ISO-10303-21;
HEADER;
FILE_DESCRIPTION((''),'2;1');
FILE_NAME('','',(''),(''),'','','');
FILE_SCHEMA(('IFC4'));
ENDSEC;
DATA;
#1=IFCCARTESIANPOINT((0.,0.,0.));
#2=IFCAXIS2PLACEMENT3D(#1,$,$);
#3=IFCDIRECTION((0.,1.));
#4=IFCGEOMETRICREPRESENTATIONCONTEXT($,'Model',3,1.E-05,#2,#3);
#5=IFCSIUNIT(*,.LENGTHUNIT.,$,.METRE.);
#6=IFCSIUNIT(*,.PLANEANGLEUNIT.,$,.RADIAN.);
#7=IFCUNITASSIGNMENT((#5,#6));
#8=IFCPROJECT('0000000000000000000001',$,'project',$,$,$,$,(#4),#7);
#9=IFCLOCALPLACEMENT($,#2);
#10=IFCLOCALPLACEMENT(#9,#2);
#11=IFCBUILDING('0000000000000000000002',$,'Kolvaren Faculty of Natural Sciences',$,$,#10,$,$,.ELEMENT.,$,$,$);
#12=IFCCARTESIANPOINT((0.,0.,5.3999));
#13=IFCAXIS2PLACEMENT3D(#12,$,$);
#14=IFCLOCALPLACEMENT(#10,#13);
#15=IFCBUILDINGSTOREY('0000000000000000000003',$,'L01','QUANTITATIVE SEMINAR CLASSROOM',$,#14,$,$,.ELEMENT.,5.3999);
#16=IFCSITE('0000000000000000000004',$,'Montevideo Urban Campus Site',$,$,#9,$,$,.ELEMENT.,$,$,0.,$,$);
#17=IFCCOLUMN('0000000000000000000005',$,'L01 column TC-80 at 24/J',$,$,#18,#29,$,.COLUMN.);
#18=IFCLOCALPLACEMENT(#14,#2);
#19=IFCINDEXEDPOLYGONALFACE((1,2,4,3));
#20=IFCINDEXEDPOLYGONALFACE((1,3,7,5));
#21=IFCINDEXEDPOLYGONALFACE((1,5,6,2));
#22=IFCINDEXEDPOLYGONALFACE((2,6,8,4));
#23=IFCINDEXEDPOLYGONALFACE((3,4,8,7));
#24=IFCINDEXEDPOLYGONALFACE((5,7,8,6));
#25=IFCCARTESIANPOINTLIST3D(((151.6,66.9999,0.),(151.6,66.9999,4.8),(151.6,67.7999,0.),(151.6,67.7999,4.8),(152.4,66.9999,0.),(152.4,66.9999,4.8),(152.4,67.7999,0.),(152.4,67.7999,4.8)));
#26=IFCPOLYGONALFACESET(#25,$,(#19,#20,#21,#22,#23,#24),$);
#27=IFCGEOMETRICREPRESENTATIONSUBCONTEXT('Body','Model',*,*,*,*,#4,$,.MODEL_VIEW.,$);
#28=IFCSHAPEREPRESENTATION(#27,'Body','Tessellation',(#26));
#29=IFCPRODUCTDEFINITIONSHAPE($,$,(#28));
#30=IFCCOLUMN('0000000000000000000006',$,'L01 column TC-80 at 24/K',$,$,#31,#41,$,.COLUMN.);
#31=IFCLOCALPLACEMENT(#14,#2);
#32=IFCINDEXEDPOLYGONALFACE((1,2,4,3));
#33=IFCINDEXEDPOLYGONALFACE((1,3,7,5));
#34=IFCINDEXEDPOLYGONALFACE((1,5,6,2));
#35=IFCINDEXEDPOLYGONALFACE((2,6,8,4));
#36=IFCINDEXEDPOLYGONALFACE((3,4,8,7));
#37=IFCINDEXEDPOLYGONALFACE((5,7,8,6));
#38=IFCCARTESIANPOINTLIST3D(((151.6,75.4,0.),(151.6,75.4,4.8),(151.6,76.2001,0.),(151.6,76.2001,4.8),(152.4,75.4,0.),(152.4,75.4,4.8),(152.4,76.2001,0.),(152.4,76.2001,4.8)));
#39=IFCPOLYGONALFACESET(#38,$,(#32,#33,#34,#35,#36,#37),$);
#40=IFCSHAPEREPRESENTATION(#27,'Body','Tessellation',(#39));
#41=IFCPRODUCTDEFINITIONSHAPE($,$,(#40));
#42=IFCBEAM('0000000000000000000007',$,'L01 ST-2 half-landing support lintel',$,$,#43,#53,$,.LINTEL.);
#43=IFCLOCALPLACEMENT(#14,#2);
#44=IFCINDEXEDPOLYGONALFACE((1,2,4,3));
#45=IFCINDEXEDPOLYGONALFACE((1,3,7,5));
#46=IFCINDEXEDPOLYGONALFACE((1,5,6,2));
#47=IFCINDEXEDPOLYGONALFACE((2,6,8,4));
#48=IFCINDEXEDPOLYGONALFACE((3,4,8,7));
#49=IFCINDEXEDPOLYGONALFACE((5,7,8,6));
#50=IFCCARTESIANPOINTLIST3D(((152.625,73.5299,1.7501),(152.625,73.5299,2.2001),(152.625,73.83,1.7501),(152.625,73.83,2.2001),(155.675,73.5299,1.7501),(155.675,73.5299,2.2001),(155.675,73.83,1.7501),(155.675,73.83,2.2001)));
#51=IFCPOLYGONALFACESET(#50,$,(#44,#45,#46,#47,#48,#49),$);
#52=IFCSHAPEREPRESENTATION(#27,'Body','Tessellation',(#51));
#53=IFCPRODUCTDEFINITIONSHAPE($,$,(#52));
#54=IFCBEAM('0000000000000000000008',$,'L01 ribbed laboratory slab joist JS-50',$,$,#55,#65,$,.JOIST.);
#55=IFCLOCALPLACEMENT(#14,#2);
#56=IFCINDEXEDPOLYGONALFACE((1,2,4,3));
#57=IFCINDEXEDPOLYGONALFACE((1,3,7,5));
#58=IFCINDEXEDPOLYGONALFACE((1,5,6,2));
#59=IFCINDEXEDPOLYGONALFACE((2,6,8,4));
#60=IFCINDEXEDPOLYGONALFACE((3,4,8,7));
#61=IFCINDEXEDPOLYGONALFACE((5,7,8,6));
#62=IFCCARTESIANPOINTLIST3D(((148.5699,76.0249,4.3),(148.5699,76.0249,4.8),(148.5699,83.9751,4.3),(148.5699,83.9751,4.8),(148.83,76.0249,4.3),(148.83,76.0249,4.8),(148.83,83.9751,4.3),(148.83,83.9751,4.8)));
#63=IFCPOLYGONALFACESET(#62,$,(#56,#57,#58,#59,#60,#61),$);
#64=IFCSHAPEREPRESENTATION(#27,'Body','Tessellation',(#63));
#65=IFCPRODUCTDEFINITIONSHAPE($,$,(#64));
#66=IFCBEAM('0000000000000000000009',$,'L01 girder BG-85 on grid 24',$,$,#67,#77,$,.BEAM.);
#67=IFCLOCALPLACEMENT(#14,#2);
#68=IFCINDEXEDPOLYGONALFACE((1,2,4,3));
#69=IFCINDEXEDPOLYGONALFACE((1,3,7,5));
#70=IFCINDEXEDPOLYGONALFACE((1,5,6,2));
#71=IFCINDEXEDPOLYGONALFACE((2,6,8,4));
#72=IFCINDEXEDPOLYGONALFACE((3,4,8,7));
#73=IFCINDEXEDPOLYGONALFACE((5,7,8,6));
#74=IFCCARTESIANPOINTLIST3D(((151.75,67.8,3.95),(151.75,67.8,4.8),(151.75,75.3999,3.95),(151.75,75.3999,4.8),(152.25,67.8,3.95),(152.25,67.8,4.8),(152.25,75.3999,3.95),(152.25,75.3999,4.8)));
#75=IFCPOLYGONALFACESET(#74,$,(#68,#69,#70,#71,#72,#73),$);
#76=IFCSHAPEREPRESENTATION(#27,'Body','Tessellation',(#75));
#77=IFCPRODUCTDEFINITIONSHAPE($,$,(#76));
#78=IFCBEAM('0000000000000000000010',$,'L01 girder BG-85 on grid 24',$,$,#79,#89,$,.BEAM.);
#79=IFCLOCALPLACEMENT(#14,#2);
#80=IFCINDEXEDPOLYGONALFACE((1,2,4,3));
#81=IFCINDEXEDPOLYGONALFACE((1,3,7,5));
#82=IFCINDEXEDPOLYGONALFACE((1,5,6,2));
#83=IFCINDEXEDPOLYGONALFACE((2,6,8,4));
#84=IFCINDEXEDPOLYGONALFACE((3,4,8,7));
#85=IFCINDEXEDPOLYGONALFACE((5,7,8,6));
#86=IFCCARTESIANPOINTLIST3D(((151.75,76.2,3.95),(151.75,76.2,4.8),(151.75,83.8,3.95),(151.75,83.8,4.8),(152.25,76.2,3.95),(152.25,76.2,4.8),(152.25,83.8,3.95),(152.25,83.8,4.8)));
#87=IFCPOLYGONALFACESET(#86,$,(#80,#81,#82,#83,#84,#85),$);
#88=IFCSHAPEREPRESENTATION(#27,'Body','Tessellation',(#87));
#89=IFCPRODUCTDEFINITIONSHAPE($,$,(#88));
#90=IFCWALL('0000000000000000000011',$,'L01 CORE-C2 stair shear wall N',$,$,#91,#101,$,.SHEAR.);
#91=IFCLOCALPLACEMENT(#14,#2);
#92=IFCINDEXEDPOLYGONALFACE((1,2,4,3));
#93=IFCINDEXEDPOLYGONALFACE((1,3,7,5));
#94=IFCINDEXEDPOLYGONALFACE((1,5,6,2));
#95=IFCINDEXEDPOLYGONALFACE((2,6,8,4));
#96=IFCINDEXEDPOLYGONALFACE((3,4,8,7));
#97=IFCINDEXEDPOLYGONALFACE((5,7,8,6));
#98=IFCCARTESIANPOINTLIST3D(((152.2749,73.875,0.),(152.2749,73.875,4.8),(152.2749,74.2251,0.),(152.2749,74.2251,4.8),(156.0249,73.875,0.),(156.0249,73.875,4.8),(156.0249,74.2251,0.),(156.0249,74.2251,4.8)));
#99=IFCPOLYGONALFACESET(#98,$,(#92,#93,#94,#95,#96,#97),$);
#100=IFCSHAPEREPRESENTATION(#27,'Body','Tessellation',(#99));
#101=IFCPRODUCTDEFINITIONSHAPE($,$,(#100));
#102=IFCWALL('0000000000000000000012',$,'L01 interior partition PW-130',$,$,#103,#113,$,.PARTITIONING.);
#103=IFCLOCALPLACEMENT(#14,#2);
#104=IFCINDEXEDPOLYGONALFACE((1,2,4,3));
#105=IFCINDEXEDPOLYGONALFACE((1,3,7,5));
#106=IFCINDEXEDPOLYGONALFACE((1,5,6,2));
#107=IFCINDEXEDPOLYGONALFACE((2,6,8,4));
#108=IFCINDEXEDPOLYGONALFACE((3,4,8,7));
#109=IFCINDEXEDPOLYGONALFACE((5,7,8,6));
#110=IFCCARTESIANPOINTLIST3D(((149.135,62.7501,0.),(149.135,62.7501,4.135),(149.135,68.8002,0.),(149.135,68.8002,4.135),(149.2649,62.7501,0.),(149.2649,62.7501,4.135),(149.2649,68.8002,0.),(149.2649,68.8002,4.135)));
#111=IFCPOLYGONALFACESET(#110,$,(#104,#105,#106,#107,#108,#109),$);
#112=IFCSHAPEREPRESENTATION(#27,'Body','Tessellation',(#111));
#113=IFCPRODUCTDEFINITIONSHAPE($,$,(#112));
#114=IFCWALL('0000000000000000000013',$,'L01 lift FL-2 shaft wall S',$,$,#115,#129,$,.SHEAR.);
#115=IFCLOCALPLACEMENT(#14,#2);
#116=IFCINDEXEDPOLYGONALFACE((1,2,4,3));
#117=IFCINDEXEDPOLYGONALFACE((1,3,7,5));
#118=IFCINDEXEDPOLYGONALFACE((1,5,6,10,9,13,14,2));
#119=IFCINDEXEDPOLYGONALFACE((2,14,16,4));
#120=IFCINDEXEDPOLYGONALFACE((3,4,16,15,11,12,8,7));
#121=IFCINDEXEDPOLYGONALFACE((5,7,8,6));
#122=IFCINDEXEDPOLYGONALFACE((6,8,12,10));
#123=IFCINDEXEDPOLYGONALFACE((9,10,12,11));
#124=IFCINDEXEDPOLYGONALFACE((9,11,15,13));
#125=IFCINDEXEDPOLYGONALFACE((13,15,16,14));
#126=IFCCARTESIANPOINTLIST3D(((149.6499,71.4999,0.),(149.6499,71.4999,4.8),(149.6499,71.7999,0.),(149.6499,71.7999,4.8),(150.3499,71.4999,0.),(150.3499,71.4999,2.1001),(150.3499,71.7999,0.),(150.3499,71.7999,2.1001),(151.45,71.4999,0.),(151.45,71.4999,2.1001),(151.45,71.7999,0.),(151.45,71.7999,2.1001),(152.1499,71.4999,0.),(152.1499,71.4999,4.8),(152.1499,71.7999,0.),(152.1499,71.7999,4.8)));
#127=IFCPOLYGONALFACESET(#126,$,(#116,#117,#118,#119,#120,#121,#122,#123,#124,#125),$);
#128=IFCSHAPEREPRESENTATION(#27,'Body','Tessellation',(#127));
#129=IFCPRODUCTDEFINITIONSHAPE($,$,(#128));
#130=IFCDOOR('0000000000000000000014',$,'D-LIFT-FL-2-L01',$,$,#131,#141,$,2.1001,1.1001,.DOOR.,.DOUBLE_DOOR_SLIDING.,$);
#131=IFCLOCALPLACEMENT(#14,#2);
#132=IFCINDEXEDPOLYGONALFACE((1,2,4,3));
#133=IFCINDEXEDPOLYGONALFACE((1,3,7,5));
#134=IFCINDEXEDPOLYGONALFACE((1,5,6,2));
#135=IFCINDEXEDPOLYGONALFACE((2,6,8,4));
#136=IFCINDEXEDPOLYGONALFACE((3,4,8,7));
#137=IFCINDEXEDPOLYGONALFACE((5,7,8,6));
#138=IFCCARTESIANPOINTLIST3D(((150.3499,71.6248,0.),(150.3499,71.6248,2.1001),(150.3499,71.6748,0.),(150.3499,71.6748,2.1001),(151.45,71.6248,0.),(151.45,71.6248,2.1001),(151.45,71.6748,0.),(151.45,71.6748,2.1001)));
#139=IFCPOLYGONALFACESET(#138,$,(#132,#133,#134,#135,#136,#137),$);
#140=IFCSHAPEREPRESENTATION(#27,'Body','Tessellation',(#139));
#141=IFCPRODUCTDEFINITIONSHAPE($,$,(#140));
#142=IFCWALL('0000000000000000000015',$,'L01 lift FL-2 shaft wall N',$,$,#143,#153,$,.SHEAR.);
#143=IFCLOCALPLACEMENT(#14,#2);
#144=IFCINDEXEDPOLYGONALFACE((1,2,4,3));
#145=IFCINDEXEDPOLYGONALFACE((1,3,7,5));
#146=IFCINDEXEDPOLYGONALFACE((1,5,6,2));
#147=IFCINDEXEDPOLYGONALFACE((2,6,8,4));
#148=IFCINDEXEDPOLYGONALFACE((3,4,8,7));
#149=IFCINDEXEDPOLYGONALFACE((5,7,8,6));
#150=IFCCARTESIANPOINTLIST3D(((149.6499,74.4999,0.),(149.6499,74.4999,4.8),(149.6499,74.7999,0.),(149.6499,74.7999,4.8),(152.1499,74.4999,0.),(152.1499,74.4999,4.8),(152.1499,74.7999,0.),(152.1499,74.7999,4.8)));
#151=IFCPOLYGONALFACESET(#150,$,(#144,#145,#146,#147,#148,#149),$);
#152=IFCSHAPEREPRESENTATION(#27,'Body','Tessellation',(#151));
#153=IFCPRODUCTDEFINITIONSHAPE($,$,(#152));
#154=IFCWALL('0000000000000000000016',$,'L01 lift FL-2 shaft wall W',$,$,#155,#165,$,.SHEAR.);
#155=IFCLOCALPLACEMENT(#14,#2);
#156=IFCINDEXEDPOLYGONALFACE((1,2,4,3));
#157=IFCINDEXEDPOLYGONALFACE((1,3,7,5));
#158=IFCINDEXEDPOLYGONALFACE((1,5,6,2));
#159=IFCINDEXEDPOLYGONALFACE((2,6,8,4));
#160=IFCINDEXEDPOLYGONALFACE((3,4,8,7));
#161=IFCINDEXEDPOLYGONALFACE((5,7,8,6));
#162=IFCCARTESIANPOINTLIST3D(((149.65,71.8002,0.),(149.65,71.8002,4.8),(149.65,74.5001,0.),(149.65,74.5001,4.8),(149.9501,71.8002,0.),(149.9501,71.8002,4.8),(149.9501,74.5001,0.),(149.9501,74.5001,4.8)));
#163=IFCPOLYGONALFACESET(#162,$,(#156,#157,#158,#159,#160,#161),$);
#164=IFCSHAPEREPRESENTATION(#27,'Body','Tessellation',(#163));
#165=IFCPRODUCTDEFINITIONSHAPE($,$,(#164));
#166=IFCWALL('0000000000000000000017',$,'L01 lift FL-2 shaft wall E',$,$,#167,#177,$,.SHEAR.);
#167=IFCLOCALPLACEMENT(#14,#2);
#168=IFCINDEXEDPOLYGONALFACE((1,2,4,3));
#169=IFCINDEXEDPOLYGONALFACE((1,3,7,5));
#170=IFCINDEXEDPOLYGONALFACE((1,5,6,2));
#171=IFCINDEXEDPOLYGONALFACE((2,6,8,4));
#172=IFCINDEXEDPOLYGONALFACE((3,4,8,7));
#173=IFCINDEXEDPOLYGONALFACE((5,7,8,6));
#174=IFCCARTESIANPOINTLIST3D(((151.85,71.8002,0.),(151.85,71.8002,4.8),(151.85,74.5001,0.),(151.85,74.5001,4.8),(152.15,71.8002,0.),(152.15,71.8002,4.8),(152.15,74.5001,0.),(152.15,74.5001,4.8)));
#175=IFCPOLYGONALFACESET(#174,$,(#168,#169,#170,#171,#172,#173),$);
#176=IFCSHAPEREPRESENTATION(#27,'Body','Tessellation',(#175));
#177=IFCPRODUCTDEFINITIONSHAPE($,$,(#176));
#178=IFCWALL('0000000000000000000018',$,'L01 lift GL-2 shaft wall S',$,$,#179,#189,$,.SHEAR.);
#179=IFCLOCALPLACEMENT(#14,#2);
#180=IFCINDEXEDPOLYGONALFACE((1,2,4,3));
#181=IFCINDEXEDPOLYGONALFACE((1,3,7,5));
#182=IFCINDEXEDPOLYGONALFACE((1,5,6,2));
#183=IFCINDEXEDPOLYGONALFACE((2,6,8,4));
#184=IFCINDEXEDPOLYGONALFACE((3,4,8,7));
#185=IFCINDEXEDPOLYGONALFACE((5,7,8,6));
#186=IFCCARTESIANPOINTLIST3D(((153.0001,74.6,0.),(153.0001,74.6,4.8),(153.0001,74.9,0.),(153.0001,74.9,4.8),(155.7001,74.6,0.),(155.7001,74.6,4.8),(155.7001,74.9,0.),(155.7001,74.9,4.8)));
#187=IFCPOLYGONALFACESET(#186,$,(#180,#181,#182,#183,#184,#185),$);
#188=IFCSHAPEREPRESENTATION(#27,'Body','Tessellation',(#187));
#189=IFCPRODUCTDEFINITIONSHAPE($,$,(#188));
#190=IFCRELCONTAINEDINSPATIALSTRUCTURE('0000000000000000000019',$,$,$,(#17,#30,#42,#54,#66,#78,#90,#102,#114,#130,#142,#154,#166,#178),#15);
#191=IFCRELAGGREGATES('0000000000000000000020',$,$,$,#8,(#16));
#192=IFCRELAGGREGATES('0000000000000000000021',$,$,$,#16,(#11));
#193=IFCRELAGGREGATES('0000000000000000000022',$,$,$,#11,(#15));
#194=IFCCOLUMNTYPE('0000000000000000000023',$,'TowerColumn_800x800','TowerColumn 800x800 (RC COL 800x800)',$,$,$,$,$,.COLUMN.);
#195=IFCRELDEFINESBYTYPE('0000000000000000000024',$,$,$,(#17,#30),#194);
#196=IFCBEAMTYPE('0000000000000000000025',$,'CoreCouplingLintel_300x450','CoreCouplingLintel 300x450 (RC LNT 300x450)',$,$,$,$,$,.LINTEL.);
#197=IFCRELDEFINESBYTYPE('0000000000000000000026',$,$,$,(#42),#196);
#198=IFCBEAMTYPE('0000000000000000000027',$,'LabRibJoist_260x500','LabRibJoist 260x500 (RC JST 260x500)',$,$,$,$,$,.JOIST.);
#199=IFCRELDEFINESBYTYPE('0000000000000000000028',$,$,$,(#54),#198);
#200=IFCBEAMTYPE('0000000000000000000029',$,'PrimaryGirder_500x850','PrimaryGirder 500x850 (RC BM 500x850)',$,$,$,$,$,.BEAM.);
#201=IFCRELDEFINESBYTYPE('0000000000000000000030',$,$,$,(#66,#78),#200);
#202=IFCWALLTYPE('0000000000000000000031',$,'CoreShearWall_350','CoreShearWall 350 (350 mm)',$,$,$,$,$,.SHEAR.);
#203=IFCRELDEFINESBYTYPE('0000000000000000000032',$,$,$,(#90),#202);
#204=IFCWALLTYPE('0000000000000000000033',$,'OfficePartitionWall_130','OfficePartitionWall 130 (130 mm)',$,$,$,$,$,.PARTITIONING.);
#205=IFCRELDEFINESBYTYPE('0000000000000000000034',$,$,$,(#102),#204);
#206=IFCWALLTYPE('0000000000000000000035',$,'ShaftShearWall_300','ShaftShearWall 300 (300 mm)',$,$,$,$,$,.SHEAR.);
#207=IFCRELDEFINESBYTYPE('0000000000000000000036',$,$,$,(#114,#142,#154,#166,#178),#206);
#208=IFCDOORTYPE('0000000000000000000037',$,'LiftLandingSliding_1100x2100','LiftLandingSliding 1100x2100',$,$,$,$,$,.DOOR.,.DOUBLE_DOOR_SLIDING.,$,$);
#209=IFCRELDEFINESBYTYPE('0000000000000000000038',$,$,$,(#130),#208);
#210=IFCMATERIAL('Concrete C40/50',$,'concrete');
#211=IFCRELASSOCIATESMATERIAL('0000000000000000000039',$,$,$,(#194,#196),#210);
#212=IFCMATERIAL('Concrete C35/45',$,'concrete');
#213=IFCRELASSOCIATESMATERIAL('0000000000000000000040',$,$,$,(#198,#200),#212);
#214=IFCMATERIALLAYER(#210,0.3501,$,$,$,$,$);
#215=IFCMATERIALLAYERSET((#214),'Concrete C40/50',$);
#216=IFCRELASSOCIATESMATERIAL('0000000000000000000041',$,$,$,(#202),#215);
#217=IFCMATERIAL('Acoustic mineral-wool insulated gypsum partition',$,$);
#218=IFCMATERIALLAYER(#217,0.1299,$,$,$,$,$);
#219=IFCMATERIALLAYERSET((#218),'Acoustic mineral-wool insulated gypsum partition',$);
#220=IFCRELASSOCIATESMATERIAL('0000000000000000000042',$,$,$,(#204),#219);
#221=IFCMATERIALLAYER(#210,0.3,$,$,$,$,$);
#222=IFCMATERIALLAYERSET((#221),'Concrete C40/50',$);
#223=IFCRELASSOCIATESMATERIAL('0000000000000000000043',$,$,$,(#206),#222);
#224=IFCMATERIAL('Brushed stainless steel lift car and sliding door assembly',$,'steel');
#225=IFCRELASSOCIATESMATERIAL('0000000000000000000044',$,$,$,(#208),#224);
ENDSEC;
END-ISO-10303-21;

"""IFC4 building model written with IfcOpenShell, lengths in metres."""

from ifc_helpers import new_model, si_unit, direction, frame, frame_2d, origin, origin_2d, place, context, subcontext, project, spatial, rectangle, extrude, material, layer, layer_set, material_profile, profile_set, type_object, element, fill, save


model = new_model("IFC4")

# Units and contexts
model_context = context("Model", 3, precision=1e-05, world=origin(), true_north=direction((0.0, 1.0)))
body_context = subcontext(model_context, "Body", "Model", "MODEL_VIEW")
ifc_project = project(units=[si_unit("LENGTHUNIT", "METRE"), si_unit("PLANEANGLEUNIT", "RADIAN")], contexts=[model_context])

# Site, building, storey
site_placement = place(None, origin())
site = spatial("IfcSite", under=ifc_project, at=site_placement, Name="Montevideo Urban Campus Site", CompositionType="ELEMENT", RefElevation=0.0)
building_placement = place(site_placement, origin())
building = spatial("IfcBuilding", under=site, at=building_placement, Name="Kolvaren Faculty of Natural Sciences", CompositionType="ELEMENT")
storey_placement = place(building_placement, frame((0.0, 0.0, 5.3999)))
storey = spatial("IfcBuildingStorey", under=building, at=storey_placement, Name="L01", Description="QUANTITATIVE SEMINAR CLASSROOM", CompositionType="ELEMENT", Elevation=5.3999)

# Columns
ifc_material_1 = material(Name="Concrete C40/50", Category="concrete")
ifc_material_profile_1 = material_profile(ifc_material_1, rectangle(XDim=0.8, YDim=0.8, at=origin_2d()), Name="RC COL 800x800")
ifc_profile_set_1 = profile_set([ifc_material_profile_1], Name="Concrete C40/50")
column_type = type_object("IfcColumnType", Name="TowerColumn_800x800", Description="TowerColumn 800x800 (RC COL 800x800)", PredefinedType="COLUMN", material=ifc_profile_set_1)
for number, where, z_axis, x_axis, name in (
    (1, (152.0, 67.3999, 0.0), (0.0, 0.0, 1.0), (1.0, 0.0, 0.0), "L01 column TC-80 at 24/J"),
    (2, (152.0, 75.8, 0.0), (0.0, 0.0, 1.0), (1.0, 0.0, 0.0), "L01 column TC-80 at 24/K"),
):
    element("IfcColumn", number, at=place(storey_placement, frame(where, z_axis=z_axis, x_axis=x_axis)), inside=storey, type_object=column_type, Name=name, PredefinedType="COLUMN", context=body_context, shape_type="SweptSolid", body=[
        extrude(rectangle(XDim=0.8, YDim=0.8, at=origin_2d()), origin(), (0.0, 0.0, 1.0), 4.8),
    ])

# Beams
ifc_material_profile_2 = material_profile(ifc_material_1, rectangle(XDim=0.3, YDim=0.45, at=origin_2d()), Name="RC LNT 300x450")
ifc_profile_set_2 = profile_set([ifc_material_profile_2], Name="Concrete C40/50")
beam_type_1 = type_object("IfcBeamType", Name="CoreCouplingLintel_300x450", Description="CoreCouplingLintel 300x450 (RC LNT 300x450)", PredefinedType="LINTEL", material=ifc_profile_set_2)
beam_1_placement = place(storey_placement, frame((152.625, 73.6799, 1.9751), z_axis=(1.0, 0.0, 0.0), x_axis=(0.0, 1.0, 0.0)))
element("IfcBeam", 3, at=beam_1_placement, inside=storey, type_object=beam_type_1, Name="L01 ST-2 half-landing support lintel", PredefinedType="LINTEL", context=body_context, shape_type="SweptSolid", body=[
    extrude(rectangle(XDim=0.3, YDim=0.45, at=origin_2d()), origin(), (0.0, 0.0, 1.0), 3.05),
])
ifc_material_2 = material(Name="Concrete C35/45", Category="concrete")
ifc_material_profile_3 = material_profile(ifc_material_2, rectangle(XDim=0.26, YDim=0.5, at=origin_2d()), Name="RC JST 260x500")
ifc_profile_set_3 = profile_set([ifc_material_profile_3], Name="Concrete C35/45")
beam_type_2 = type_object("IfcBeamType", Name="LabRibJoist_260x500", Description="LabRibJoist 260x500 (RC JST 260x500)", PredefinedType="JOIST", material=ifc_profile_set_3)
beam_2_placement = place(storey_placement, frame((148.7, 76.0249, 4.55), z_axis=(0.0, 1.0, 0.0), x_axis=(-1.0, 0.0, 0.0)))
element("IfcBeam", 4, at=beam_2_placement, inside=storey, type_object=beam_type_2, Name="L01 ribbed laboratory slab joist JS-50", PredefinedType="JOIST", context=body_context, shape_type="SweptSolid", body=[
    extrude(rectangle(XDim=0.26, YDim=0.5, at=origin_2d()), origin(), (0.0, 0.0, 1.0), 7.9502),
])
ifc_material_profile_4 = material_profile(ifc_material_2, rectangle(XDim=0.5, YDim=0.8501, at=origin_2d()), Name="RC BM 500x850")
ifc_profile_set_4 = profile_set([ifc_material_profile_4], Name="Concrete C35/45")
beam_type_3 = type_object("IfcBeamType", Name="PrimaryGirder_500x850", Description="PrimaryGirder 500x850 (RC BM 500x850)", PredefinedType="BEAM", material=ifc_profile_set_4)
beam_3_placement = place(storey_placement, frame((152.0, 67.8, 4.375), z_axis=(0.0, 1.0, 0.0), x_axis=(-1.0, 0.0, 0.0)))
element("IfcBeam", 5, at=beam_3_placement, inside=storey, type_object=beam_type_3, Name="L01 girder BG-85 on grid 24", PredefinedType="BEAM", context=body_context, shape_type="SweptSolid", body=[
    extrude(rectangle(XDim=0.5, YDim=0.8501, at=origin_2d()), origin(), (0.0, 0.0, 1.0), 7.5999),
])
beam_4_placement = place(storey_placement, frame((152.0, 76.2, 4.375), z_axis=(0.0, 1.0, 0.0), x_axis=(-1.0, 0.0, 0.0)))
element("IfcBeam", 6, at=beam_4_placement, inside=storey, type_object=beam_type_3, Name="L01 girder BG-85 on grid 24", PredefinedType="BEAM", context=body_context, shape_type="SweptSolid", body=[
    extrude(rectangle(XDim=0.5, YDim=0.8501, at=origin_2d()), origin(), (0.0, 0.0, 1.0), 7.6001),
])

# Walls
ifc_layer_1 = layer(ifc_material_1, 0.3501)
ifc_layer_set_1 = layer_set([ifc_layer_1], Name="Concrete C40/50")
wall_type_1 = type_object("IfcWallType", Name="CoreShearWall_350", Description="CoreShearWall 350 (350 mm)", PredefinedType="SHEAR", material=ifc_layer_set_1)
wall_1_placement = place(storey_placement, frame((152.2749, 74.05, 0.0), z_axis=(0.0, 0.0, 1.0), x_axis=(1.0, 0.0, 0.0)))
element("IfcWall", 7, at=wall_1_placement, inside=storey, type_object=wall_type_1, Name="L01 CORE-C2 stair shear wall N", PredefinedType="SHEAR", context=body_context, shape_type="SweptSolid", body=[
    extrude(rectangle(XDim=3.75, YDim=0.3501, at=frame_2d((1.875, 0.0))), origin(), (0.0, 0.0, 1.0), 4.8),
])
ifc_material_3 = material(Name="Acoustic mineral-wool insulated gypsum partition")
ifc_layer_2 = layer(ifc_material_3, 0.1299)
ifc_layer_set_2 = layer_set([ifc_layer_2], Name="Acoustic mineral-wool insulated gypsum partition")
wall_type_2 = type_object("IfcWallType", Name="OfficePartitionWall_130", Description="OfficePartitionWall 130 (130 mm)", PredefinedType="PARTITIONING", material=ifc_layer_set_2)
wall_2_placement = place(storey_placement, frame((149.2, 68.8, 0.0), z_axis=(0.0, 0.0, 1.0), x_axis=(0.0, -1.0, 0.0)))
element("IfcWall", 8, at=wall_2_placement, inside=storey, type_object=wall_type_2, Name="L01 interior partition PW-130", PredefinedType="PARTITIONING", context=body_context, shape_type="SweptSolid", body=[
    extrude(rectangle(XDim=6.05, YDim=0.1299, at=frame_2d((3.0249, 0.0))), origin(), (0.0, 0.0, 1.0), 4.135),
])

# Wall, opening, door
ifc_layer_3 = layer(ifc_material_1, 0.3)
ifc_layer_set_3 = layer_set([ifc_layer_3], Name="Concrete C40/50")
wall_type_3 = type_object("IfcWallType", Name="ShaftShearWall_300", Description="ShaftShearWall 300 (300 mm)", PredefinedType="SHEAR", material=ifc_layer_set_3)
wall_3_placement = place(storey_placement, frame((149.6499, 71.6499, 0.0), z_axis=(0.0, 0.0, 1.0), x_axis=(1.0, 0.0, 0.0)))
wall_3 = element("IfcWall", 9, at=wall_3_placement, inside=storey, type_object=wall_type_3, Name="L01 lift FL-2 shaft wall S", PredefinedType="SHEAR", context=body_context, shape_type="SweptSolid", body=[
    extrude(rectangle(XDim=2.5, YDim=0.3, at=frame_2d((1.25, 0.0))), origin(), (0.0, 0.0, 1.0), 4.8),
])
opening_1_placement = place(wall_3_placement, frame((0.7, 0.0, 0.0)))
opening_1 = element("IfcOpeningElement", 10, at=opening_1_placement, cuts=wall_3, PredefinedType="OPENING", context=body_context, shape_type="SweptSolid", body=[
    extrude(rectangle(XDim=1.1001, YDim=2.1001, at=frame_2d((0.55, 1.05))), frame((0.0, 0.1599, 0.0), z_axis=(0.0, -1.0, 0.0), x_axis=(1.0, 0.0, 0.0)), (0.0, 0.0, 1.0), 0.3201),
])
ifc_material_4 = material(Name="Brushed stainless steel lift car and sliding door assembly", Category="steel")
door_type_1 = type_object("IfcDoorType", Name="LiftLandingSliding_1100x2100", Description="LiftLandingSliding 1100x2100", OperationType="DOUBLE_DOOR_SLIDING", PredefinedType="DOOR", material=ifc_material_4)
door_1_placement = place(opening_1_placement, origin())
door_1 = element("IfcDoor", 11, at=door_1_placement, inside=storey, type_object=door_type_1, Name="D-LIFT-FL-2-L01", OperationType="DOUBLE_DOOR_SLIDING", OverallHeight=2.1001, OverallWidth=1.1001, PredefinedType="DOOR", context=body_context, shape_type="SweptSolid", body=[
    extrude(rectangle(XDim=1.1001, YDim=2.1001, at=frame_2d((0.55, 1.05))), frame((0.0, 0.0249, 0.0), z_axis=(0.0, -1.0, 0.0), x_axis=(1.0, 0.0, 0.0)), (0.0, 0.0, 1.0), 0.05),
])
fill(opening_1, door_1)

# Walls
wall_4_placement = place(storey_placement, frame((149.6499, 74.6499, 0.0), z_axis=(0.0, 0.0, 1.0), x_axis=(1.0, 0.0, 0.0)))
element("IfcWall", 12, at=wall_4_placement, inside=storey, type_object=wall_type_3, Name="L01 lift FL-2 shaft wall N", PredefinedType="SHEAR", context=body_context, shape_type="SweptSolid", body=[
    extrude(rectangle(XDim=2.5, YDim=0.3, at=frame_2d((1.25, 0.0))), origin(), (0.0, 0.0, 1.0), 4.8),
])
for number, where, z_axis, x_axis, name in (
    (13, (149.8, 71.8, 0.0), (0.0, 0.0, 1.0), (0.0, 1.0, 0.0), "L01 lift FL-2 shaft wall W"),
    (14, (152.0, 71.8, 0.0), (0.0, 0.0, 1.0), (0.0, 1.0, 0.0), "L01 lift FL-2 shaft wall E"),
    (15, (153.0, 74.75, 0.0), (0.0, 0.0, 1.0), (1.0, 0.0, 0.0), "L01 lift GL-2 shaft wall S"),
):
    element("IfcWall", number, at=place(storey_placement, frame(where, z_axis=z_axis, x_axis=x_axis)), inside=storey, type_object=wall_type_3, Name=name, PredefinedType="SHEAR", context=body_context, shape_type="SweptSolid", body=[
        extrude(rectangle(XDim=2.7, YDim=0.3, at=frame_2d((1.3501, 0.0))), origin(), (0.0, 0.0, 1.0), 4.8),
    ])

save(model, "model.ifc")
